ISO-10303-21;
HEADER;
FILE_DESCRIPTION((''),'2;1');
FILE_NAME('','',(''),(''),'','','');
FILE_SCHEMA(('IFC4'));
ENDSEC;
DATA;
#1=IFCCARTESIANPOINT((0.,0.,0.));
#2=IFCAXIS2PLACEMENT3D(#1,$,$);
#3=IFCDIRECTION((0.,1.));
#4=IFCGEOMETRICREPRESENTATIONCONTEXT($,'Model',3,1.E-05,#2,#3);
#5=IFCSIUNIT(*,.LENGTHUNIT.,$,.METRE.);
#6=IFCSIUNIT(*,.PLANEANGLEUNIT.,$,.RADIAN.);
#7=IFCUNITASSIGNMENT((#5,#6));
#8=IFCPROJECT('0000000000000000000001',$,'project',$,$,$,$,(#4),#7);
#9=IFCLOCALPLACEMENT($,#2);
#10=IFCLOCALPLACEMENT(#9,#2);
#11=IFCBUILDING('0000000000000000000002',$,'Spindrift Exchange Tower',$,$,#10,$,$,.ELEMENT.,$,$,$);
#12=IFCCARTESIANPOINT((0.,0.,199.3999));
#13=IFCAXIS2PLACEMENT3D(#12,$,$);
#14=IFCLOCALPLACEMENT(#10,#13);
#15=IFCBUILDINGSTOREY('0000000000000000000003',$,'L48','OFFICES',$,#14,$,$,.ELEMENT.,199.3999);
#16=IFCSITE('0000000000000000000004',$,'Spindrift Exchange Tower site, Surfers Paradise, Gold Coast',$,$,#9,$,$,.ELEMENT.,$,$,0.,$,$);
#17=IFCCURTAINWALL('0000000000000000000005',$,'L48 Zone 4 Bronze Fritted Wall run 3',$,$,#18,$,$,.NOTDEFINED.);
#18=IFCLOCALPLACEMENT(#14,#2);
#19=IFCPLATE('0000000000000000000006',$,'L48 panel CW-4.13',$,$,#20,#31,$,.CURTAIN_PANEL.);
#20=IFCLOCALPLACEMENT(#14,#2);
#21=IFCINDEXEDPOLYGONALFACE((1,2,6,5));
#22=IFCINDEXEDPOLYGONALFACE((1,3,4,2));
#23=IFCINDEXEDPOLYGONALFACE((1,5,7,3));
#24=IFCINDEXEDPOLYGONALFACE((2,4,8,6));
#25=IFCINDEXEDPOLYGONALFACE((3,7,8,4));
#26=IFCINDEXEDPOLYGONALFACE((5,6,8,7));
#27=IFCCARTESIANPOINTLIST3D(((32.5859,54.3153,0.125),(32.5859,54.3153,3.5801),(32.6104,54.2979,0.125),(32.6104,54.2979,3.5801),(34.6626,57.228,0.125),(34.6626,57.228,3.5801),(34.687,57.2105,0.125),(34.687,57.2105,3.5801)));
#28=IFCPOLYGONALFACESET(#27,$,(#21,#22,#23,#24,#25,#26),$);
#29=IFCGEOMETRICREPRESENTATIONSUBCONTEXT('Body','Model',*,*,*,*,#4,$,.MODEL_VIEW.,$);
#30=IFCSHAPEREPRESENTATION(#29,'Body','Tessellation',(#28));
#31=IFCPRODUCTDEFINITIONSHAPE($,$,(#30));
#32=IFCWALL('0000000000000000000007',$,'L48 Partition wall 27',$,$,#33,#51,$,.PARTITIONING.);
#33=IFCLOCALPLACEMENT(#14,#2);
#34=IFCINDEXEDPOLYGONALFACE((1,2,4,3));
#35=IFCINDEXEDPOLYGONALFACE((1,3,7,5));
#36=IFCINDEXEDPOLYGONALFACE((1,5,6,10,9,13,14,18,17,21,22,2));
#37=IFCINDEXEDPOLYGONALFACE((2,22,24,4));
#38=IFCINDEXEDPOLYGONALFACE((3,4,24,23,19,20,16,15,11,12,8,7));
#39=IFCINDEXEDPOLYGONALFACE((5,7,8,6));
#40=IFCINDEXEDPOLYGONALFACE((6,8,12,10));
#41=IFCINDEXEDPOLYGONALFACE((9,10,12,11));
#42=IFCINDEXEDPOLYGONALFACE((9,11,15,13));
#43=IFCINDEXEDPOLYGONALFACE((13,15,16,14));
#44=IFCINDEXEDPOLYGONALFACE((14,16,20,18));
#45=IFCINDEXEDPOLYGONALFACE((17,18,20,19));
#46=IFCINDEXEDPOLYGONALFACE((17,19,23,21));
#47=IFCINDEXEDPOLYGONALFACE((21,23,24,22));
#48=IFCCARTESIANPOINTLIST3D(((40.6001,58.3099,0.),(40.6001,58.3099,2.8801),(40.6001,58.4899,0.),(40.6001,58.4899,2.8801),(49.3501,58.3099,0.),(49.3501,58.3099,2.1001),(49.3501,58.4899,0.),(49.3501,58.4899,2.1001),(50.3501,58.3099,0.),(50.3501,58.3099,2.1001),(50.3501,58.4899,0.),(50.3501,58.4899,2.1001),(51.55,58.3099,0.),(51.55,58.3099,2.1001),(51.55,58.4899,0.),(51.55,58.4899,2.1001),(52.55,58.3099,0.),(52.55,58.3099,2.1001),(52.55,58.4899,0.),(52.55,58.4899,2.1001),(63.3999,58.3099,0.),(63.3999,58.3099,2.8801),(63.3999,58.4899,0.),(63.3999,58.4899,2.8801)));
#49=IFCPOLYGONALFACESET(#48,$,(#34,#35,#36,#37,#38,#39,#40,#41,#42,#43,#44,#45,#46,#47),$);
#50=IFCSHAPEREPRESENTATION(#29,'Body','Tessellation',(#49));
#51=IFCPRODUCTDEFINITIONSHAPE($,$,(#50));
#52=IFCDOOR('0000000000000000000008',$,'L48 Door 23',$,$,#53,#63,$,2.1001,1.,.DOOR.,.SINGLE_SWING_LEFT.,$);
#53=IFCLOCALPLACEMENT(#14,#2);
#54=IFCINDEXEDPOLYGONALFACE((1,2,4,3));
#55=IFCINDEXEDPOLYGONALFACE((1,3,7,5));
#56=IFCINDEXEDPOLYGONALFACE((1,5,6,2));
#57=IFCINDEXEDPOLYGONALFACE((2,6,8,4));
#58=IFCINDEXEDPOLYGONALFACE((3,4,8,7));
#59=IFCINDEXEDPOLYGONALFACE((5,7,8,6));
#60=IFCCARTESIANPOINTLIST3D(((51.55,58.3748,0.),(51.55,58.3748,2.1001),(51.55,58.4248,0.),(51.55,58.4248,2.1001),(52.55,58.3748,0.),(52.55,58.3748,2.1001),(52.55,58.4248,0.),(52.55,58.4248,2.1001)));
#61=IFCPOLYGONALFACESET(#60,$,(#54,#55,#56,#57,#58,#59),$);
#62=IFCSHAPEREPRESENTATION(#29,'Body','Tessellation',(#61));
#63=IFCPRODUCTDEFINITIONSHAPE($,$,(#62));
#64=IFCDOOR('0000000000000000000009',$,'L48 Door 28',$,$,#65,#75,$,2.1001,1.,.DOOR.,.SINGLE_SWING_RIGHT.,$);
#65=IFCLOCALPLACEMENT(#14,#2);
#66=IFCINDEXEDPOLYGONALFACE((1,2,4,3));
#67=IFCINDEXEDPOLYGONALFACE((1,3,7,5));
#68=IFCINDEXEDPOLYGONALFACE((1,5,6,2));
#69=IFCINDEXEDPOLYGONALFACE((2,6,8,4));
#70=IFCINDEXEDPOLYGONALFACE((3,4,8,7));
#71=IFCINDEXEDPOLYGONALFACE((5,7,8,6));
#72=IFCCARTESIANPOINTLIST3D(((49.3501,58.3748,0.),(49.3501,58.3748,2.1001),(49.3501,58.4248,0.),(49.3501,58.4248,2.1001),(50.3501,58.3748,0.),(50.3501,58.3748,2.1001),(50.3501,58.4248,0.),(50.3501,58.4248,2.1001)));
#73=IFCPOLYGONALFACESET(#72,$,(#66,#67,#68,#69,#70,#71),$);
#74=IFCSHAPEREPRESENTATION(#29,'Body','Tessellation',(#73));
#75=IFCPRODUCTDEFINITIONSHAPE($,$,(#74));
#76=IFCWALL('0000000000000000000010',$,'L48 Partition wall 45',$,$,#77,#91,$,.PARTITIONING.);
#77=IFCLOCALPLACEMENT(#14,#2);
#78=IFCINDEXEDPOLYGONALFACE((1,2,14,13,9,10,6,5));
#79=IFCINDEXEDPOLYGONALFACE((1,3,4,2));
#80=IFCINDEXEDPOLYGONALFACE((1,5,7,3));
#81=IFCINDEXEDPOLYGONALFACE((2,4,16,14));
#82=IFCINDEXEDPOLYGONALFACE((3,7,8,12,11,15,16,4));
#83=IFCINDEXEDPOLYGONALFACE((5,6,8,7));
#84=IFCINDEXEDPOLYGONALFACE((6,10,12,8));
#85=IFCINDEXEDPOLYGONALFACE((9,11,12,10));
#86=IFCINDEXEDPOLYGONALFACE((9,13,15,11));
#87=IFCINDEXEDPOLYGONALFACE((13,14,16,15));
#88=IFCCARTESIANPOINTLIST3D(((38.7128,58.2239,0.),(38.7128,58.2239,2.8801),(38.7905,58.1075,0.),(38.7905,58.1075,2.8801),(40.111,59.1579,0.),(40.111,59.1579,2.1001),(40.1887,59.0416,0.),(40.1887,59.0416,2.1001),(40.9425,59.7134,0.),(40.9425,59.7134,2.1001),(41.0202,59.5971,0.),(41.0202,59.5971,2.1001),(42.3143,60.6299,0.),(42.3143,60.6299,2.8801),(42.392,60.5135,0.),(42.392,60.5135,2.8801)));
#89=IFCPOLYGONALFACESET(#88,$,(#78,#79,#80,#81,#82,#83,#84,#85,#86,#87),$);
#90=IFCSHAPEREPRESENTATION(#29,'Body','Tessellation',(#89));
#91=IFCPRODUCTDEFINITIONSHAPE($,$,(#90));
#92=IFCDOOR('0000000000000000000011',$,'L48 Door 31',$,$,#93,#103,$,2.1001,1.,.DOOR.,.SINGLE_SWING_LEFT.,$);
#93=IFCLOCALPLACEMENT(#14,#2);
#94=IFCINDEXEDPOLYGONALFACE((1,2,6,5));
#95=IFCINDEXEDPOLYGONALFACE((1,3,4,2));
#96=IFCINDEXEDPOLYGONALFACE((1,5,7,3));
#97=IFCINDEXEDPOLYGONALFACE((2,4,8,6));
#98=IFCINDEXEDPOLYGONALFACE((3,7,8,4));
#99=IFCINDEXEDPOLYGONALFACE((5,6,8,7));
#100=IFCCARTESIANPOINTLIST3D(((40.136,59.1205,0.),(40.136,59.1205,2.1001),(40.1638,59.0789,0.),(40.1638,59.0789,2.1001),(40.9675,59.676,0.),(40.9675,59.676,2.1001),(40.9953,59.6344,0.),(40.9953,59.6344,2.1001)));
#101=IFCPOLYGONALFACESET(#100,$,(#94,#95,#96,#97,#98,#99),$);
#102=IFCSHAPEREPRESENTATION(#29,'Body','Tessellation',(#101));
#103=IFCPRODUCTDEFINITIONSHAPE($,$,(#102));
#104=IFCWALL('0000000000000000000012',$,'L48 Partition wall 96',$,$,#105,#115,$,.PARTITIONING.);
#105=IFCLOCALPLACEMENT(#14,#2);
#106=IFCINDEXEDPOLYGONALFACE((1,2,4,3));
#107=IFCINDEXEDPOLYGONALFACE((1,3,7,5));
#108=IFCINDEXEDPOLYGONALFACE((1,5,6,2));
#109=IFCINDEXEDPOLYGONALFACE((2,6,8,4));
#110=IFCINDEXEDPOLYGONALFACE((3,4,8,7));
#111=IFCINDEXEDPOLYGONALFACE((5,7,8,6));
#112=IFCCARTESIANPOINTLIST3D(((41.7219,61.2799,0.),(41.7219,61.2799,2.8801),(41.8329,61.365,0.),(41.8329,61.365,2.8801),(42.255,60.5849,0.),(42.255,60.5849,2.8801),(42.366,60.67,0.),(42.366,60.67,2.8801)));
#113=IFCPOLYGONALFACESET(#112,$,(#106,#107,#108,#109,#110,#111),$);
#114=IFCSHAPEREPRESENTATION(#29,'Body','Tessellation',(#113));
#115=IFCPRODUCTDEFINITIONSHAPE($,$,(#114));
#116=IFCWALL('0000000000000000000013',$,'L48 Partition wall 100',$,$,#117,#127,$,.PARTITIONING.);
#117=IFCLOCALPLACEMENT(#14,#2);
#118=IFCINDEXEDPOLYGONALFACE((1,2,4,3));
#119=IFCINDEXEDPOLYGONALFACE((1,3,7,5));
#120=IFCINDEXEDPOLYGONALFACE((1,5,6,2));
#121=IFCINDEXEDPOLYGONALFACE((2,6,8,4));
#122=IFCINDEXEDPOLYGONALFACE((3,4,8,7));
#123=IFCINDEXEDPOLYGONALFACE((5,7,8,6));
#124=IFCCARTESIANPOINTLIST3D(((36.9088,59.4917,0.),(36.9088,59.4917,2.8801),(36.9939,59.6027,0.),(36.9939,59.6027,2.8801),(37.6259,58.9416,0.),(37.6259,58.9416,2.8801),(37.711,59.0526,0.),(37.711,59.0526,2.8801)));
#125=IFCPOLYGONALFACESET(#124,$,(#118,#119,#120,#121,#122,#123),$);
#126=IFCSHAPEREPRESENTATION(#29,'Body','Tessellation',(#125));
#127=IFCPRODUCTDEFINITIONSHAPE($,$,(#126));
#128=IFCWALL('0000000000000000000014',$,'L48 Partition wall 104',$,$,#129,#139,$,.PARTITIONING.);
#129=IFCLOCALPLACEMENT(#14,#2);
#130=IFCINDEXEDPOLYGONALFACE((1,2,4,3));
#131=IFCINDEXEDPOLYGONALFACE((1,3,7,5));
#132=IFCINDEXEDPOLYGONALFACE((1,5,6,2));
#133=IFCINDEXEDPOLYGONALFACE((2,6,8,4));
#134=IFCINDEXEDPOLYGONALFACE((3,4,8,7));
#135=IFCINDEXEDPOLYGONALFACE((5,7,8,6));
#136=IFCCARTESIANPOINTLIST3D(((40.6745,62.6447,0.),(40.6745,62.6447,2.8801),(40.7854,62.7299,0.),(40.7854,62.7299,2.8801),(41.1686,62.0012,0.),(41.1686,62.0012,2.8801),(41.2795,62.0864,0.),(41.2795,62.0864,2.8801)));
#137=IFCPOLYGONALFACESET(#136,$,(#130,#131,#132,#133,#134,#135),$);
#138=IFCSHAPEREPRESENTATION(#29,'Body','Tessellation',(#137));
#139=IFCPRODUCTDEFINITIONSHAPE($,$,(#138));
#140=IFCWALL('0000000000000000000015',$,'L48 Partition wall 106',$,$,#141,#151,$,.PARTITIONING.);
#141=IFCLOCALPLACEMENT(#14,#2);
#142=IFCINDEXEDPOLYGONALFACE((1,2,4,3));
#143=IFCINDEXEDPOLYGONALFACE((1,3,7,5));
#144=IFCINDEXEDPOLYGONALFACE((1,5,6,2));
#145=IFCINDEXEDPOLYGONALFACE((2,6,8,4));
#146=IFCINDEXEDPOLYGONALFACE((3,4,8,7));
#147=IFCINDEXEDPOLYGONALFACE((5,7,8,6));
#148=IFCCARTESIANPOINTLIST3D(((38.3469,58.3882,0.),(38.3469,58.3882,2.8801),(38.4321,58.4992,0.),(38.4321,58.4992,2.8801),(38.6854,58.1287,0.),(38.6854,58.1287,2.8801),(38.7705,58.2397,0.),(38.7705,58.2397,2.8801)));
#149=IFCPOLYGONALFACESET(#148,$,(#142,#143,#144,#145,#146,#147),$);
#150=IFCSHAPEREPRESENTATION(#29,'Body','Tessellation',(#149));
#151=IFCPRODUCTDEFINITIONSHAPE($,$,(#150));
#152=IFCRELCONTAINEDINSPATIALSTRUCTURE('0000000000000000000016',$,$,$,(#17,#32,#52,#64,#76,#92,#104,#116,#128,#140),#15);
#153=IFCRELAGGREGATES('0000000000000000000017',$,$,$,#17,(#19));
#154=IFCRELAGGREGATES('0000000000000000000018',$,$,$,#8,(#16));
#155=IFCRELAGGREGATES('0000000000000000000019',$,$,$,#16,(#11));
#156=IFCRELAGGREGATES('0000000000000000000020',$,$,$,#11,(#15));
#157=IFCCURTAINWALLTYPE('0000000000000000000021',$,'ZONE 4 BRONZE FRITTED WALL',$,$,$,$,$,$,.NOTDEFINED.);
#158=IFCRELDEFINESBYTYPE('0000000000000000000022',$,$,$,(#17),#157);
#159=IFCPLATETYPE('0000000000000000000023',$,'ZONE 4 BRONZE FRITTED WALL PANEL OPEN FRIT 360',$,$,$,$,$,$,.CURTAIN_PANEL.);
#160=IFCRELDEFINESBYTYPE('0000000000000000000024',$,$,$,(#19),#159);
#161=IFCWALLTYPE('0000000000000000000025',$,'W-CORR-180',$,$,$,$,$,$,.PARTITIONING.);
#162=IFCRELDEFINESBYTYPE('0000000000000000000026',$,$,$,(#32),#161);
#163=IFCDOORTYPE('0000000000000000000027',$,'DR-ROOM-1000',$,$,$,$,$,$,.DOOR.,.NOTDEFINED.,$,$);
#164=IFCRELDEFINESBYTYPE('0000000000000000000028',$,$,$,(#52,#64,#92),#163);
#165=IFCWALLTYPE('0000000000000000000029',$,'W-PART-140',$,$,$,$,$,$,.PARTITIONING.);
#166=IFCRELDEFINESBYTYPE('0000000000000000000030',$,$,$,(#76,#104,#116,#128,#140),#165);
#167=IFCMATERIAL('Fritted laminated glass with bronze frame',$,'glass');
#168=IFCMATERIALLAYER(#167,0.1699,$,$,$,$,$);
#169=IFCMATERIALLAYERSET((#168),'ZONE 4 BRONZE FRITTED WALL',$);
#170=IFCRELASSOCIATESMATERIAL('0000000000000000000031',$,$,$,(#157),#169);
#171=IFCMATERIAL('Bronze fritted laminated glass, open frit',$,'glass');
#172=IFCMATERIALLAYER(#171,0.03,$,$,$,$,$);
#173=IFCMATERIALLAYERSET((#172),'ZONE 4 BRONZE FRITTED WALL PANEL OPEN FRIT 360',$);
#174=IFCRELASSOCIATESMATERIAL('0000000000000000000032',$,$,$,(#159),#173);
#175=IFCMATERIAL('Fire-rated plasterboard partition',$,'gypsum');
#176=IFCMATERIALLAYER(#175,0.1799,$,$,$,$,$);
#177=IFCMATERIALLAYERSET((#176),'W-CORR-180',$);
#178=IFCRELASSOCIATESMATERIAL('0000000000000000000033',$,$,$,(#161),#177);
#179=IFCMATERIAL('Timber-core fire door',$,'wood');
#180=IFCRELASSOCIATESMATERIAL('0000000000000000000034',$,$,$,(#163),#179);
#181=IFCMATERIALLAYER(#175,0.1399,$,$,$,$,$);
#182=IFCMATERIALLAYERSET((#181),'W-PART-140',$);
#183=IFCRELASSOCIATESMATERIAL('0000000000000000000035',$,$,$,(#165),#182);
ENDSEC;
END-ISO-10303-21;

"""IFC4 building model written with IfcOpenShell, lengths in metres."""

from ifc_helpers import new_model, si_unit, direction, frame, frame_2d, origin, origin_2d, place, context, subcontext, project, spatial, rectangle, extrude, source, transform, mapped, material, layer, layer_set, type_object, element, fill, aggregate, save


model = new_model("IFC4")

# Units and contexts
model_context = context("Model", 3, precision=1e-05, world=origin(), true_north=direction((0.0, 1.0)))
body_context = subcontext(model_context, "Body", "Model", "MODEL_VIEW")
ifc_project = project(units=[si_unit("LENGTHUNIT", "METRE"), si_unit("PLANEANGLEUNIT", "RADIAN")], contexts=[model_context])

# Site, building, storey
site_placement = place(None, origin())
site = spatial("IfcSite", under=ifc_project, at=site_placement, Name="Spindrift Exchange Tower site, Surfers Paradise, Gold Coast", CompositionType="ELEMENT", RefElevation=0.0)
building_placement = place(site_placement, origin())
building = spatial("IfcBuilding", under=site, at=building_placement, Name="Spindrift Exchange Tower", CompositionType="ELEMENT")
storey_placement = place(building_placement, frame((0.0, 0.0, 199.3999)))
storey = spatial("IfcBuildingStorey", under=building, at=storey_placement, Name="L48", Description="OFFICES", CompositionType="ELEMENT", Elevation=199.3999)

# Shared definitions
ifc_material_1 = material(Name="Fritted laminated glass with bronze frame", Category="glass")
ifc_layer_1 = layer(ifc_material_1, 0.1699)
ifc_layer_set_1 = layer_set([ifc_layer_1], Name="ZONE 4 BRONZE FRITTED WALL")
curtain_wall_type = type_object("IfcCurtainWallType", Name="ZONE 4 BRONZE FRITTED WALL", PredefinedType="NOTDEFINED", material=ifc_layer_set_1)

# Curtain wall
curtain_wall_1_placement = place(storey_placement, origin())
curtain_wall_1 = element("IfcCurtainWall", 1, at=curtain_wall_1_placement, inside=storey, type_object=curtain_wall_type, Name="L48 Zone 4 Bronze Fritted Wall run 3", PredefinedType="NOTDEFINED")

# Plate
ifc_material_2 = material(Name="Bronze fritted laminated glass, open frit", Category="glass")
ifc_layer_2 = layer(ifc_material_2, 0.03)
ifc_layer_set_2 = layer_set([ifc_layer_2], Name="ZONE 4 BRONZE FRITTED WALL PANEL OPEN FRIT 360")
plate_type_1 = type_object("IfcPlateType", Name="ZONE 4 BRONZE FRITTED WALL PANEL OPEN FRIT 360", PredefinedType="CURTAIN_PANEL", material=ifc_layer_set_2)
shared_shape_1 = source(origin(), body_context, "Body", "SweptSolid", [
    extrude(rectangle(XDim=3.5771, YDim=0.03, at=origin_2d()), origin(), (0.0, 0.0, 1.0), 3.4551),
])
plate_1_placement = place(storey_placement, frame((33.6365, 55.7629, 0.125), z_axis=(0.0, 0.0, 1.0), x_axis=(-0.580545, -0.814228, 0.0)))
plate_1 = element("IfcPlate", 2, at=plate_1_placement, type_object=plate_type_1, Name="L48 panel CW-4.13", PredefinedType="CURTAIN_PANEL", context=body_context, shape_type="MappedRepresentation", body=[
    mapped(shared_shape_1, transform((0.0, 0.0, 0.0), scale=1.0)),
])
aggregate(curtain_wall_1, [plate_1])

# Wall, openings, doors
ifc_material_3 = material(Name="Fire-rated plasterboard partition", Category="gypsum")
ifc_layer_3 = layer(ifc_material_3, 0.1799)
ifc_layer_set_3 = layer_set([ifc_layer_3], Name="W-CORR-180")
wall_type_1 = type_object("IfcWallType", Name="W-CORR-180", PredefinedType="PARTITIONING", material=ifc_layer_set_3)
wall_1_placement = place(storey_placement, frame((40.6001, 58.3999, 0.0), z_axis=(0.0, 0.0, 1.0), x_axis=(1.0, 0.0, 0.0)))
wall_1 = element("IfcWall", 3, at=wall_1_placement, inside=storey, type_object=wall_type_1, Name="L48 Partition wall 27", PredefinedType="PARTITIONING", context=body_context, shape_type="SweptSolid", body=[
    extrude(rectangle(XDim=22.7998, YDim=0.1799, at=frame_2d((11.3999, 0.0))), origin(), (0.0, 0.0, 1.0), 2.8801),
])
opening_1_placement = place(wall_1_placement, frame((10.95, 0.0, 0.0)))
opening_1 = element("IfcOpeningElement", 4, at=opening_1_placement, cuts=wall_1, PredefinedType="OPENING", context=body_context, shape_type="SweptSolid", body=[
    extrude(rectangle(XDim=1.0, YDim=2.1001, at=frame_2d((0.5, 1.05))), frame((0.0, 0.0999, 0.0), z_axis=(0.0, -1.0, 0.0), x_axis=(1.0, 0.0, 0.0)), (0.0, 0.0, 1.0), 0.2),
])
opening_2_placement = place(wall_1_placement, frame((8.75, 0.0, 0.0)))
opening_2 = element("IfcOpeningElement", 5, at=opening_2_placement, cuts=wall_1, PredefinedType="OPENING", context=body_context, shape_type="SweptSolid", body=[
    extrude(rectangle(XDim=1.0, YDim=2.1001, at=frame_2d((0.5, 1.05))), frame((0.0, 0.0999, 0.0), z_axis=(0.0, -1.0, 0.0), x_axis=(1.0, 0.0, 0.0)), (0.0, 0.0, 1.0), 0.2),
])
ifc_material_4 = material(Name="Timber-core fire door", Category="wood")
door_type = type_object("IfcDoorType", Name="DR-ROOM-1000", OperationType="NOTDEFINED", PredefinedType="DOOR", material=ifc_material_4)
shared_shape_2 = source(origin(), body_context, "Body", "SweptSolid", [
    extrude(rectangle(XDim=1.0, YDim=2.1001, at=frame_2d((0.5, 1.05))), frame((0.0, 0.0249, 0.0), z_axis=(0.0, -1.0, 0.0), x_axis=(1.0, 0.0, 0.0)), (0.0, 0.0, 1.0), 0.05),
])
door_1_placement = place(opening_1_placement, origin())
door_1 = element("IfcDoor", 6, at=door_1_placement, inside=storey, type_object=door_type, Name="L48 Door 23", OperationType="SINGLE_SWING_LEFT", OverallHeight=2.1001, OverallWidth=1.0, PredefinedType="DOOR", context=body_context, shape_type="MappedRepresentation", body=[
    mapped(shared_shape_2, transform((0.0, 0.0, 0.0), scale=1.0)),
])
fill(opening_1, door_1)
door_2_placement = place(opening_2_placement, origin())
door_2 = element("IfcDoor", 7, at=door_2_placement, inside=storey, type_object=door_type, Name="L48 Door 28", OperationType="SINGLE_SWING_RIGHT", OverallHeight=2.1001, OverallWidth=1.0, PredefinedType="DOOR", context=body_context, shape_type="MappedRepresentation", body=[
    mapped(shared_shape_2, transform((0.0, 0.0, 0.0), scale=1.0)),
])
fill(opening_2, door_2)

# Wall, opening, door
ifc_layer_4 = layer(ifc_material_3, 0.1399)
ifc_layer_set_4 = layer_set([ifc_layer_4], Name="W-PART-140")
wall_type_2 = type_object("IfcWallType", Name="W-PART-140", PredefinedType="PARTITIONING", material=ifc_layer_set_4)
wall_2_placement = place(storey_placement, frame((38.7517, 58.1658, 0.0), z_axis=(0.0, 0.0, 1.0), x_axis=(0.831521, 0.555493, 0.0)))
wall_2 = element("IfcWall", 8, at=wall_2_placement, inside=storey, type_object=wall_type_2, Name="L48 Partition wall 45", PredefinedType="PARTITIONING", context=body_context, shape_type="SweptSolid", body=[
    extrude(rectangle(XDim=4.3313, YDim=0.1399, at=frame_2d((2.1655, 0.0))), origin(), (0.0, 0.0, 1.0), 2.8801),
])
opening_3_placement = place(wall_2_placement, frame((1.6814, 0.0, 0.0)))
opening_3 = element("IfcOpeningElement", 9, at=opening_3_placement, cuts=wall_2, PredefinedType="OPENING", context=body_context, shape_type="SweptSolid", body=[
    extrude(rectangle(XDim=1.0, YDim=2.1001, at=frame_2d((0.5, 1.05))), frame((0.0, 0.0798, 0.0), z_axis=(0.0, -1.0, 0.0), x_axis=(1.0, 0.0, 0.0)), (0.0, 0.0, 1.0), 0.1599),
])
door_3_placement = place(opening_3_placement, origin())
door_3 = element("IfcDoor", 10, at=door_3_placement, inside=storey, type_object=door_type, Name="L48 Door 31", OperationType="SINGLE_SWING_LEFT", OverallHeight=2.1001, OverallWidth=1.0, PredefinedType="DOOR", context=body_context, shape_type="MappedRepresentation", body=[
    mapped(shared_shape_2, transform((0.0, 0.0, 0.0), scale=1.0)),
])
fill(opening_3, door_3)

# Walls
wall_3_placement = place(storey_placement, frame((42.3105, 60.6274, 0.0), z_axis=(0.0, 0.0, 1.0), x_axis=(-0.60866, 0.793431, 0.0)))
element("IfcWall", 11, at=wall_3_placement, inside=storey, type_object=wall_type_2, Name="L48 Partition wall 96", PredefinedType="PARTITIONING", context=body_context, shape_type="SweptSolid", body=[
    extrude(rectangle(XDim=0.876, YDim=0.1399, at=frame_2d((0.438, 0.0))), origin(), (0.0, 0.0, 1.0), 2.8801),
])
wall_4_placement = place(storey_placement, frame((37.6685, 58.9971, 0.0), z_axis=(0.0, 0.0, 1.0), x_axis=(-0.793437, 0.608653, 0.0)))
element("IfcWall", 12, at=wall_4_placement, inside=storey, type_object=wall_type_2, Name="L48 Partition wall 100", PredefinedType="PARTITIONING", context=body_context, shape_type="SweptSolid", body=[
    extrude(rectangle(XDim=0.9038, YDim=0.1399, at=frame_2d((0.4519, 0.0))), origin(), (0.0, 0.0, 1.0), 2.8801),
])
wall_5_placement = place(storey_placement, frame((41.2241, 62.0437, 0.0), z_axis=(0.0, 0.0, 1.0), x_axis=(-0.609013, 0.793161, 0.0)))
element("IfcWall", 13, at=wall_5_placement, inside=storey, type_object=wall_type_2, Name="L48 Partition wall 104", PredefinedType="PARTITIONING", context=body_context, shape_type="SweptSolid", body=[
    extrude(rectangle(XDim=0.8113, YDim=0.1399, at=frame_2d((0.4058, 0.0))), origin(), (0.0, 0.0, 1.0), 2.8801),
])
wall_6_placement = place(storey_placement, frame((38.728, 58.1841, 0.0), z_axis=(0.0, 0.0, 1.0), x_axis=(-0.793496, 0.608576, 0.0)))
element("IfcWall", 14, at=wall_6_placement, inside=storey, type_object=wall_type_2, Name="L48 Partition wall 106", PredefinedType="PARTITIONING", context=body_context, shape_type="SweptSolid", body=[
    extrude(rectangle(XDim=0.4265, YDim=0.1399, at=frame_2d((0.2134, 0.0))), origin(), (0.0, 0.0, 1.0), 2.8801),
])

save(model, "model.ifc")
